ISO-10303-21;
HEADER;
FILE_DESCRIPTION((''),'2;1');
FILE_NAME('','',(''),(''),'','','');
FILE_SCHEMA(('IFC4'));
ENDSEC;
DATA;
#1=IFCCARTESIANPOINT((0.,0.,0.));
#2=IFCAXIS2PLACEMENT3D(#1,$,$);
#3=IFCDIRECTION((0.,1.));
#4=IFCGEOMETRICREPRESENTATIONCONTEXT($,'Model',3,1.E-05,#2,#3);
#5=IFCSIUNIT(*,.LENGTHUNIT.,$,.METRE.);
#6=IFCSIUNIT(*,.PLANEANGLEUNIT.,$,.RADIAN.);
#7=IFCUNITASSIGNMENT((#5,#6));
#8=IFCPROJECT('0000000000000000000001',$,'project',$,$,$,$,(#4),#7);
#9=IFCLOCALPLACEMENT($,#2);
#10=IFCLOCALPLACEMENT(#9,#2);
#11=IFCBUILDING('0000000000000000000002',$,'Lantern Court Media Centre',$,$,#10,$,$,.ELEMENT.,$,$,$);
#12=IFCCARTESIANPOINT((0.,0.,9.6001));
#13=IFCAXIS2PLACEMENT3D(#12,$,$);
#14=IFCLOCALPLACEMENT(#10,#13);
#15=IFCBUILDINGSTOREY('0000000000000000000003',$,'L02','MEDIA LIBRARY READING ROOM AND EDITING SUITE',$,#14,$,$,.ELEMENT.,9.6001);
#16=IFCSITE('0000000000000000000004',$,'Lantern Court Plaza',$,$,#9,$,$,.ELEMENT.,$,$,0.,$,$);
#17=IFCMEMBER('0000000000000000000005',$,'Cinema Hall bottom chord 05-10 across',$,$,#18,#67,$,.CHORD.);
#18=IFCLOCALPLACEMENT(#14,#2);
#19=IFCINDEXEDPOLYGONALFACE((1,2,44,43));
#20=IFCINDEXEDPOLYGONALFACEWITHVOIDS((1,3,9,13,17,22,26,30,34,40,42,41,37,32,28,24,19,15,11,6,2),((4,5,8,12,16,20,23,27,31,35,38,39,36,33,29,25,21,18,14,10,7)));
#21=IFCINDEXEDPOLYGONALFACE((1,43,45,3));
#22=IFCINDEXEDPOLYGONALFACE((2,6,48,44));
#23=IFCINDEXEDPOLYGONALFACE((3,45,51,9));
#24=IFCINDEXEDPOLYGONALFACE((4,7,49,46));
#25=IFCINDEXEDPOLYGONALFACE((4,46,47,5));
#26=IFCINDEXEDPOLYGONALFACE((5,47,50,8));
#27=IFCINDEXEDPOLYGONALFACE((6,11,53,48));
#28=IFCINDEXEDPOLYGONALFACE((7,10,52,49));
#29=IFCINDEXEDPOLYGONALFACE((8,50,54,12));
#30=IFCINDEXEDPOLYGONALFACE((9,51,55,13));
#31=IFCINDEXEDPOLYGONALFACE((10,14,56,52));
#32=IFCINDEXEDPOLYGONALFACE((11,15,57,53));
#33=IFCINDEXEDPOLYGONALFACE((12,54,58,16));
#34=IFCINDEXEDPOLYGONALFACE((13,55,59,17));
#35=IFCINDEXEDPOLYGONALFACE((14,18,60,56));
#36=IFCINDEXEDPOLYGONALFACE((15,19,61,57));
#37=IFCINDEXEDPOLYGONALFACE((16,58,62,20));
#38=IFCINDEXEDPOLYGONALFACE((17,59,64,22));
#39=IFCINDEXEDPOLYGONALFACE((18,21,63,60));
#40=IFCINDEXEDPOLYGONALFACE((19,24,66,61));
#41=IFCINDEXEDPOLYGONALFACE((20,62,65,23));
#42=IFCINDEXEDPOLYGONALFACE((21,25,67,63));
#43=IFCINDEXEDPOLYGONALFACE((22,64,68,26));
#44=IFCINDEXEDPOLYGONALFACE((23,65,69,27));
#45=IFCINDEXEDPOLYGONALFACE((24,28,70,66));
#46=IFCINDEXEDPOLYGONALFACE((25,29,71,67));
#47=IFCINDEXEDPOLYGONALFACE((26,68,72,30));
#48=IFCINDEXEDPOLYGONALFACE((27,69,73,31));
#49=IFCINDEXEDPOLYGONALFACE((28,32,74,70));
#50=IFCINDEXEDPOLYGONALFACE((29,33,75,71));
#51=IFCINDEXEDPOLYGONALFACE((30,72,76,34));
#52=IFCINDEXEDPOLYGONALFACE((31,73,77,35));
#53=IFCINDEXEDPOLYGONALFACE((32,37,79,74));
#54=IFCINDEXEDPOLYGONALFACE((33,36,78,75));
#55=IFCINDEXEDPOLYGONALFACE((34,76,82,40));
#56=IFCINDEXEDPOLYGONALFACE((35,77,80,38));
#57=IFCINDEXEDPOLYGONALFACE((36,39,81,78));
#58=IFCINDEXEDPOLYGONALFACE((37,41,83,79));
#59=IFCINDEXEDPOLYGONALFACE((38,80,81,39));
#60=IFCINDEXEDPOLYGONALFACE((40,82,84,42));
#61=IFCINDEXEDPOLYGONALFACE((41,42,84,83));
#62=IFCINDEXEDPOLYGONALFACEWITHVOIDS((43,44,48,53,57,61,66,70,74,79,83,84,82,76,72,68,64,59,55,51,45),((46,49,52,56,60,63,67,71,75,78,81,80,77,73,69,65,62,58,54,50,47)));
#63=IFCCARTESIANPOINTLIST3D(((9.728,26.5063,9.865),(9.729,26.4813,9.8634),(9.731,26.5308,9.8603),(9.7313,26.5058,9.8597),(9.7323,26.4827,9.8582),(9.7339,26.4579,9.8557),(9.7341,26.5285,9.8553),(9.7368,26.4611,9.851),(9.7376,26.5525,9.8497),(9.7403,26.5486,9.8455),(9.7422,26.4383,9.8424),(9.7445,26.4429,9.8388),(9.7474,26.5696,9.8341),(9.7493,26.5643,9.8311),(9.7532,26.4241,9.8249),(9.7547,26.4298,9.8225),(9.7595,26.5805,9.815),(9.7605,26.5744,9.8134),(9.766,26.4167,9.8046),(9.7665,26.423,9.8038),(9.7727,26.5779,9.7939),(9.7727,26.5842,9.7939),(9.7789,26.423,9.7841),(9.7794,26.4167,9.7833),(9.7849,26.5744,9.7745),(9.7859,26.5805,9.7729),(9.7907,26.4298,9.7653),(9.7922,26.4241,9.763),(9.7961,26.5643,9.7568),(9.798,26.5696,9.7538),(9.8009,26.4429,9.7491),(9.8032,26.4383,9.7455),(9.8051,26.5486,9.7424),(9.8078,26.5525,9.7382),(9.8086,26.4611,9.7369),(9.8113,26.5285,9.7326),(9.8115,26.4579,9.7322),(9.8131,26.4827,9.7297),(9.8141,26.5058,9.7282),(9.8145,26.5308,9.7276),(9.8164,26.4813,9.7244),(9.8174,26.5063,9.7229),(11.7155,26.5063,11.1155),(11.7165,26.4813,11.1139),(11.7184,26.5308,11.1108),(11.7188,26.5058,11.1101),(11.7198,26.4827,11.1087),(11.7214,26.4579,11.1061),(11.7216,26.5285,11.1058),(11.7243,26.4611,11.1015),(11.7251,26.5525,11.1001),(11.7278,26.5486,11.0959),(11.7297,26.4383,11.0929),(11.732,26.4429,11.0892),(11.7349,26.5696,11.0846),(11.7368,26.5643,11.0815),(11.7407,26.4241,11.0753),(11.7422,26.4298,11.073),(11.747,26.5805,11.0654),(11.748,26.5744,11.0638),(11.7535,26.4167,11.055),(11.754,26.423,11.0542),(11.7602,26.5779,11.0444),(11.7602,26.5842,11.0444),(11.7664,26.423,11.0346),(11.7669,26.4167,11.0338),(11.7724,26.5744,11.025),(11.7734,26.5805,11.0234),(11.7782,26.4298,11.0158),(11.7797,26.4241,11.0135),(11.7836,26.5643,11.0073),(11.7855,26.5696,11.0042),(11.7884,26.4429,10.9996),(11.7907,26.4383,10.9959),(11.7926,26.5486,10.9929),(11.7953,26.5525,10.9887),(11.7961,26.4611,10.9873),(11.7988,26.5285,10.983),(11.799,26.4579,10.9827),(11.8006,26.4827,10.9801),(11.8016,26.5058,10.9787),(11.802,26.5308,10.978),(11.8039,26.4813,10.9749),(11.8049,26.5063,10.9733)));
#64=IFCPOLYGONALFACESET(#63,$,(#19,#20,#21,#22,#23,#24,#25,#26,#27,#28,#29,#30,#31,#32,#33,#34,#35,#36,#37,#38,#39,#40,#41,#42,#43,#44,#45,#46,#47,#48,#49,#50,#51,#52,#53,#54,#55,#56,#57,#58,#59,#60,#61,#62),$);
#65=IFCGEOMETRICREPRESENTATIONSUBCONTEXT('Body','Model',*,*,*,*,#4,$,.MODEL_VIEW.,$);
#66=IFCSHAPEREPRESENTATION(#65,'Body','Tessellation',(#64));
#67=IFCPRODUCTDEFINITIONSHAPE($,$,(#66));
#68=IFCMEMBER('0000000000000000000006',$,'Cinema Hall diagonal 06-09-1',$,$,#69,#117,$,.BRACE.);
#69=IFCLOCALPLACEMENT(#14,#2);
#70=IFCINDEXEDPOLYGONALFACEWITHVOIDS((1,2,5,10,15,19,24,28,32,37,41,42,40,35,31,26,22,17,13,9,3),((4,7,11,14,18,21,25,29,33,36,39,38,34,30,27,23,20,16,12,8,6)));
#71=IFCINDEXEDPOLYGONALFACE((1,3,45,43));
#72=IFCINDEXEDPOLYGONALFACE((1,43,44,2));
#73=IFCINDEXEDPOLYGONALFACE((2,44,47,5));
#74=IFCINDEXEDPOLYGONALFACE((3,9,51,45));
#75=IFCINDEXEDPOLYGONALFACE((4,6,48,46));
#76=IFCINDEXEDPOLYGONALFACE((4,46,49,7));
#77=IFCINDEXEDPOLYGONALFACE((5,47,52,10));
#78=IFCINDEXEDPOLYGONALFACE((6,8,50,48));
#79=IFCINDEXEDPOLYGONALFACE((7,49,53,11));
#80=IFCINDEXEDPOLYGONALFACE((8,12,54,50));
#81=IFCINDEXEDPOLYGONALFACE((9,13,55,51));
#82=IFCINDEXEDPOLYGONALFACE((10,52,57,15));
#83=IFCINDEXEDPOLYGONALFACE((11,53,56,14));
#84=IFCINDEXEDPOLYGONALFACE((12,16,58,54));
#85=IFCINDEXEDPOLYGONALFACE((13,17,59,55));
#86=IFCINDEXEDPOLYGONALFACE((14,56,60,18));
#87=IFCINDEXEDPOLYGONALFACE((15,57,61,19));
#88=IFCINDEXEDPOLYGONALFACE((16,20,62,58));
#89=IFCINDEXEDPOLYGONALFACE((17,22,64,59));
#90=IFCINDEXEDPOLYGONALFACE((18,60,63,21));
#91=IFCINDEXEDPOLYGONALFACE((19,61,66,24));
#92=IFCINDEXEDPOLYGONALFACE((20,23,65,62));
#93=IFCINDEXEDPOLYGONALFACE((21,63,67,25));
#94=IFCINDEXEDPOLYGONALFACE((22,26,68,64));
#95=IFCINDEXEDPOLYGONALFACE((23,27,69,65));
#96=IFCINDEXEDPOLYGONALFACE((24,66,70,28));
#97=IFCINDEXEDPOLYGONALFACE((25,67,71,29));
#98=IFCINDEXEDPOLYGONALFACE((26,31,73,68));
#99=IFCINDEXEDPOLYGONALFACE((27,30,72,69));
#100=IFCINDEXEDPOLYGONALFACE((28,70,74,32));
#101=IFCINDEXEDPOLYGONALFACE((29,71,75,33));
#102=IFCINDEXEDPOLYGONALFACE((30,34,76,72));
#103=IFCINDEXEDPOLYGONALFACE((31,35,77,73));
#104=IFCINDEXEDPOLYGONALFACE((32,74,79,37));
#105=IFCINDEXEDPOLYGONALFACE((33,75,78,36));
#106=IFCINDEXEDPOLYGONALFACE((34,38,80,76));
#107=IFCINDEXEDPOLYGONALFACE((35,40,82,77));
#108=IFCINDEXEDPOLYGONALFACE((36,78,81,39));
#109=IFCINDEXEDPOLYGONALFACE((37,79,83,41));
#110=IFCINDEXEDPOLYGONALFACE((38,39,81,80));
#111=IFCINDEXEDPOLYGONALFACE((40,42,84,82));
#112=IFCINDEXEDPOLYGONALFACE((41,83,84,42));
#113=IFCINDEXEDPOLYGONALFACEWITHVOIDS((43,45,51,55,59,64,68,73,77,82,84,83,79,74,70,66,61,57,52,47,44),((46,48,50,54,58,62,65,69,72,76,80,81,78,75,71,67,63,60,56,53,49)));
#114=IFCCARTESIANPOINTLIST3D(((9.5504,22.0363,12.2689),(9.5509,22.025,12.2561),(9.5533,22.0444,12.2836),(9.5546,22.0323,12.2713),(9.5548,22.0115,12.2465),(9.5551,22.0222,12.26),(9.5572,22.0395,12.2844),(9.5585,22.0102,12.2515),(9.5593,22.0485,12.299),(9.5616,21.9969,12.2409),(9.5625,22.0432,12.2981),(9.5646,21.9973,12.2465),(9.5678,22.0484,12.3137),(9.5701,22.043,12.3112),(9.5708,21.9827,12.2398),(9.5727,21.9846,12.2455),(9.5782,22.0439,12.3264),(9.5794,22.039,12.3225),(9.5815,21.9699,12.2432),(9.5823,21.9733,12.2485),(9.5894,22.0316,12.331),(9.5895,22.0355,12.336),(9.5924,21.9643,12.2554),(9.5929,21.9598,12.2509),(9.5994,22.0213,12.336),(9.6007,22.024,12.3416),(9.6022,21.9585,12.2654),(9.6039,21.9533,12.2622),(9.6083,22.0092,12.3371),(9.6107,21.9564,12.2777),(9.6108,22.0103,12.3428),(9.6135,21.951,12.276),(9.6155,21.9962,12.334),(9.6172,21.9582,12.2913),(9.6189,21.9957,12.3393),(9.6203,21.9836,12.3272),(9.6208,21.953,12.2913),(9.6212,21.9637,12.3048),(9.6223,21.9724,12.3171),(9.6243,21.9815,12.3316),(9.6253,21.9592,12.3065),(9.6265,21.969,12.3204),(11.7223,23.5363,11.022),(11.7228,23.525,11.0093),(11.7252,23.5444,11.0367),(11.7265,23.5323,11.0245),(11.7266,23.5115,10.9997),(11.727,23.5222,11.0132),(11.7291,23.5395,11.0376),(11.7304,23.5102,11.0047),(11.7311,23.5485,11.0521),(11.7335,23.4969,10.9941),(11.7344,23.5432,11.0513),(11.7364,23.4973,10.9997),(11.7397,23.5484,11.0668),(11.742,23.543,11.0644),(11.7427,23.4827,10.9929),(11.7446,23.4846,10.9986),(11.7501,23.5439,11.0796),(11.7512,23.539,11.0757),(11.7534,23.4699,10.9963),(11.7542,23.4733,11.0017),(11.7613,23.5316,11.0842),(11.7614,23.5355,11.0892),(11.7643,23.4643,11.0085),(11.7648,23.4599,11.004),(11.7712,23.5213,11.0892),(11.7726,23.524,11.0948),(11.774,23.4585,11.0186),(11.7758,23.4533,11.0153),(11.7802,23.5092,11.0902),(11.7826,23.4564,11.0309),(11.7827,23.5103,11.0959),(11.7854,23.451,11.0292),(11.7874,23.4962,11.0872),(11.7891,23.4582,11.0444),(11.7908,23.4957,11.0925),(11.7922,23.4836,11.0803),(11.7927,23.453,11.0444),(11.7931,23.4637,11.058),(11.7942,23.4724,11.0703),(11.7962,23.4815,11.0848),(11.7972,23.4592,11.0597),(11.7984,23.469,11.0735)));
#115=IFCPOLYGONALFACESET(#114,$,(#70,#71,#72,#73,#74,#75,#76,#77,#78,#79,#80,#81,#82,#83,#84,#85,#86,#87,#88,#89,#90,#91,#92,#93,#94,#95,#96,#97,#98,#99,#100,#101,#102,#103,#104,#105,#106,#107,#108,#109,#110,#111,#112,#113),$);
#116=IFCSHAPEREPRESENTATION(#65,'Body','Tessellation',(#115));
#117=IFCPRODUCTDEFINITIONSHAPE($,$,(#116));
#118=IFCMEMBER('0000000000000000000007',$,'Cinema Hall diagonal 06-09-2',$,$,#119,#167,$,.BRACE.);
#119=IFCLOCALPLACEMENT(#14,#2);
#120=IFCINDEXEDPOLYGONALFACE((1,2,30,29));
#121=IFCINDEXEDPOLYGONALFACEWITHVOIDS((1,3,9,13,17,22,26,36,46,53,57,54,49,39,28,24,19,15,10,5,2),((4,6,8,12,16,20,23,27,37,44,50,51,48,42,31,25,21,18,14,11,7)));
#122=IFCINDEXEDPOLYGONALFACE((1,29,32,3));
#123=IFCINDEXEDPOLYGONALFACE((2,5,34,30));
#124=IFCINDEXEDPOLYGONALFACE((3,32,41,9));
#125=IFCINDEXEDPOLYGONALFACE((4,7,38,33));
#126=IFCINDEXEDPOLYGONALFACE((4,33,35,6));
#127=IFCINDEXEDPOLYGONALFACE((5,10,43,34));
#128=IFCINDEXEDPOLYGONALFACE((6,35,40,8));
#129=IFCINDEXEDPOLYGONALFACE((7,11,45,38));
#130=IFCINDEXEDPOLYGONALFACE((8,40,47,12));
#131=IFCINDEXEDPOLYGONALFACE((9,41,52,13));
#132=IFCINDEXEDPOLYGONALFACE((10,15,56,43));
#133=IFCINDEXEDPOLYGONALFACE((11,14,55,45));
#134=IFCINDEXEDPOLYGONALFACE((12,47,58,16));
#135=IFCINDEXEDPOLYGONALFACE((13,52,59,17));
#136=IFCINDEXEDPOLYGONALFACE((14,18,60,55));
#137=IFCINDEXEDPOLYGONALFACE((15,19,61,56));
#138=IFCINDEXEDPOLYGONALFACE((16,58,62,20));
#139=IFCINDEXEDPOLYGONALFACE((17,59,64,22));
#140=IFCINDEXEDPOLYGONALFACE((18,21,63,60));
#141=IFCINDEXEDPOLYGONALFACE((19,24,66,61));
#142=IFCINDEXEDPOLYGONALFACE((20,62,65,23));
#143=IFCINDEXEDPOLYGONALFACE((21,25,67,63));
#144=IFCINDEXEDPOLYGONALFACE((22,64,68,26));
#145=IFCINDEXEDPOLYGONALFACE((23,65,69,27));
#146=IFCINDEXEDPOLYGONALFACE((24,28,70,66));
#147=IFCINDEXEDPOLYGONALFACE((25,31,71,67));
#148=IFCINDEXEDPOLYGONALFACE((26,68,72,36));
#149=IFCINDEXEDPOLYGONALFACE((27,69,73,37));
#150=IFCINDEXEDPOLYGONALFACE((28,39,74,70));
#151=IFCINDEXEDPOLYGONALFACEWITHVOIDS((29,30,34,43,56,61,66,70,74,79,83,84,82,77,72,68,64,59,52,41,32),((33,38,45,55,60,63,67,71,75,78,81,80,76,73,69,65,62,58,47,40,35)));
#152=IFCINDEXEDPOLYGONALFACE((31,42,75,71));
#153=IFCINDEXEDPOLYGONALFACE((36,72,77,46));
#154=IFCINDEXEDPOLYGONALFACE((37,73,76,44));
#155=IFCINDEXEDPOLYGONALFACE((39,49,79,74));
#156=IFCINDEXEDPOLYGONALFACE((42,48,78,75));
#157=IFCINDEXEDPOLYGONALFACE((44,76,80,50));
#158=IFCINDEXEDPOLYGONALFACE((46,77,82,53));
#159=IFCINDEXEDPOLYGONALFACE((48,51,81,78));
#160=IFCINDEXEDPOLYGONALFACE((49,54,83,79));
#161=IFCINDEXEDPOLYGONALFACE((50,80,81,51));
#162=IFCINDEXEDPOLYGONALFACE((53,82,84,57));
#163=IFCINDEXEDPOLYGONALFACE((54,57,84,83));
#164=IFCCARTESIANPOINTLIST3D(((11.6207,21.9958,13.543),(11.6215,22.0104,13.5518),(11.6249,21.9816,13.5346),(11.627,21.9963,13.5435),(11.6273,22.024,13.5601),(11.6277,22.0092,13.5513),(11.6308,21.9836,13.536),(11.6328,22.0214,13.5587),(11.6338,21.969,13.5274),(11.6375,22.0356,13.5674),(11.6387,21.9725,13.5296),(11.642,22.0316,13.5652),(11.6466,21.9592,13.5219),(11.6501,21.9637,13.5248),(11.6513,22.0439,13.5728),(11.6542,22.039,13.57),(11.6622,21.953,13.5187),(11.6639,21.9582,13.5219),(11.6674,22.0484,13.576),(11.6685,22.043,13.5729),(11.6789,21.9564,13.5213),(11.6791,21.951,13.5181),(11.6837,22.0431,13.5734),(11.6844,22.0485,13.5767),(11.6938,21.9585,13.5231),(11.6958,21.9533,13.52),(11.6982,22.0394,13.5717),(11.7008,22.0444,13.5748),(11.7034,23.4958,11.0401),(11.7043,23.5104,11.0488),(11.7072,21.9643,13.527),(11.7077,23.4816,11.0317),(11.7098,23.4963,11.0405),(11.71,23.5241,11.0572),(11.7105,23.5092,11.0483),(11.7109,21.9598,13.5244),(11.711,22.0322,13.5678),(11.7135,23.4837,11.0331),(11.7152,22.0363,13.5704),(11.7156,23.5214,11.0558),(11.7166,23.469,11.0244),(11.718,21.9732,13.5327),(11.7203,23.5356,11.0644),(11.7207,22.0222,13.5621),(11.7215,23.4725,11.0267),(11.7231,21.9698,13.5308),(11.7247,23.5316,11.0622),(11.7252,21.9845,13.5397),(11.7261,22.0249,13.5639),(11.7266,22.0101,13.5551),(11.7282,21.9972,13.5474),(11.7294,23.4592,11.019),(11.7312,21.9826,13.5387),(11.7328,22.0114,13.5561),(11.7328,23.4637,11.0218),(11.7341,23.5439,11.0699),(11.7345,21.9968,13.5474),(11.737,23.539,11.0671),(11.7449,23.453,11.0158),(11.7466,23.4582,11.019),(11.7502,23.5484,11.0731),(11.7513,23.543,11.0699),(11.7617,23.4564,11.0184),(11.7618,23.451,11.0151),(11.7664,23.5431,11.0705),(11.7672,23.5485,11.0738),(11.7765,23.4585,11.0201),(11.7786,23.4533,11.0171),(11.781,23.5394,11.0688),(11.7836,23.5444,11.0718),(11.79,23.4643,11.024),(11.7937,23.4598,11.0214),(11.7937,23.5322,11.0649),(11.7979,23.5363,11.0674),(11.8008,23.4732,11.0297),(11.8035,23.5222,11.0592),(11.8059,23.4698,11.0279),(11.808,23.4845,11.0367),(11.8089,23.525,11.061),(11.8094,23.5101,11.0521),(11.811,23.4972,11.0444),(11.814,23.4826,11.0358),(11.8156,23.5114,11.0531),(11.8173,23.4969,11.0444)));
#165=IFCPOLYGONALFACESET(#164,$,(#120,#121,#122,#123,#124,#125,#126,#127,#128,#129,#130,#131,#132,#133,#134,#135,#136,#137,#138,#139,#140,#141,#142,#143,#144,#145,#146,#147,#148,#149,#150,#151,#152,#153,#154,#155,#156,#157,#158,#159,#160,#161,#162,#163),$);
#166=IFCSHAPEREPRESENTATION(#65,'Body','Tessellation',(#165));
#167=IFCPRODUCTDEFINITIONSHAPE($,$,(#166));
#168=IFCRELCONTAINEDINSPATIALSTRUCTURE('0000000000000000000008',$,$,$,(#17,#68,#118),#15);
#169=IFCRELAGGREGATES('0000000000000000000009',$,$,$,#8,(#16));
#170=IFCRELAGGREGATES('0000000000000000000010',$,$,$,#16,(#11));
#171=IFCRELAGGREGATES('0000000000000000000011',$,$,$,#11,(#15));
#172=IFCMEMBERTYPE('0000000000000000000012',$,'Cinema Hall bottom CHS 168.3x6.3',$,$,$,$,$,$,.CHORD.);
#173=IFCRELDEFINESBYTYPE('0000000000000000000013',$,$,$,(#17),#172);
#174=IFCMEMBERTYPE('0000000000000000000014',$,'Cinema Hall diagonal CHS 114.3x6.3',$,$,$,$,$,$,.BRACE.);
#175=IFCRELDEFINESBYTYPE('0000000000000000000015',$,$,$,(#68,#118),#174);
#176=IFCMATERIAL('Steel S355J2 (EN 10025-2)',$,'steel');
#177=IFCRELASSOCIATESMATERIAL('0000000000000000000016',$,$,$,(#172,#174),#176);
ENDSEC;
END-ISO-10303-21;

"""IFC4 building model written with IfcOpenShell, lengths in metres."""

from ifc_helpers import new_model, si_unit, direction, frame, origin, origin_2d, place, context, subcontext, project, spatial, hollow_circle, extrude, material, material_profile, profile_set, type_object, element, save


model = new_model("IFC4")

# Units and contexts
model_context = context("Model", 3, precision=1e-05, world=origin(), true_north=direction((0.0, 1.0)))
body_context = subcontext(model_context, "Body", "Model", "MODEL_VIEW")
ifc_project = project(units=[si_unit("LENGTHUNIT", "METRE"), si_unit("PLANEANGLEUNIT", "RADIAN")], contexts=[model_context])

# Site, building, storey
site_placement = place(None, origin())
site = spatial("IfcSite", under=ifc_project, at=site_placement, Name="Lantern Court Plaza", CompositionType="ELEMENT", RefElevation=0.0)
building_placement = place(site_placement, origin())
building = spatial("IfcBuilding", under=site, at=building_placement, Name="Lantern Court Media Centre", CompositionType="ELEMENT")
storey_placement = place(building_placement, frame((0.0, 0.0, 9.6001)))
storey = spatial("IfcBuildingStorey", under=building, at=storey_placement, Name="L02", Description="MEDIA LIBRARY READING ROOM AND EDITING SUITE", CompositionType="ELEMENT", Elevation=9.6001)

# Members
ifc_material = material(Name="Steel S355J2 (EN 10025-2)", Category="steel")
ifc_material_profile_1 = material_profile(ifc_material, hollow_circle(Radius=0.0842, WallThickness=0.0063, at=origin_2d()), Name="Cinema Hall bottom CHS 168.3x6.3")
ifc_profile_set_1 = profile_set([ifc_material_profile_1], Name="Steel S355J2 (EN 10025-2)")
member_type_1 = type_object("IfcMemberType", Name="Cinema Hall bottom CHS 168.3x6.3", PredefinedType="CHORD", material=ifc_profile_set_1)
member_1_placement = place(storey_placement, frame((9.7727, 26.5, 9.7939), z_axis=(0.846412, 0.0, 0.532529), x_axis=(0.0, 1.0, 0.0)))
element("IfcMember", 1, at=member_1_placement, inside=storey, type_object=member_type_1, Name="Cinema Hall bottom chord 05-10 across", PredefinedType="CHORD", context=body_context, shape_type="SweptSolid", body=[
    extrude(hollow_circle(Radius=0.0842, WallThickness=0.0063, at=origin_2d()), origin(), (0.0, 0.0, 1.0), 2.3481),
])
ifc_material_profile_2 = material_profile(ifc_material, hollow_circle(Radius=0.0571, WallThickness=0.0063, at=origin_2d()), Name="Cinema Hall diagonal CHS 114.3x6.3")
ifc_profile_set_2 = profile_set([ifc_material_profile_2], Name="Steel S355J2 (EN 10025-2)")
member_type_2 = type_object("IfcMemberType", Name="Cinema Hall diagonal CHS 114.3x6.3", PredefinedType="BRACE", material=ifc_profile_set_2)
for number, where, z_axis, x_axis, name in (
    (2, (11.7603, 23.5, 11.0444), (-0.744002, -0.513843, 0.427115), (0.568286, -0.822831, 0.0), "Cinema Hall diagonal 06-09-1"),
    (3, (11.7603, 23.5, 11.0444), (-0.028352, -0.513846, 0.857414), (0.998481, -0.055092, 0.0), "Cinema Hall diagonal 06-09-2"),
):
    element("IfcMember", number, at=place(storey_placement, frame(where, z_axis=z_axis, x_axis=x_axis)), inside=storey, type_object=member_type_2, Name=name, PredefinedType="BRACE", context=body_context, shape_type="SweptSolid", body=[
        extrude(hollow_circle(Radius=0.0571, WallThickness=0.0063, at=origin_2d()), origin(), (0.0, 0.0, 1.0), 2.9192),
    ])

save(model, "model.ifc")
